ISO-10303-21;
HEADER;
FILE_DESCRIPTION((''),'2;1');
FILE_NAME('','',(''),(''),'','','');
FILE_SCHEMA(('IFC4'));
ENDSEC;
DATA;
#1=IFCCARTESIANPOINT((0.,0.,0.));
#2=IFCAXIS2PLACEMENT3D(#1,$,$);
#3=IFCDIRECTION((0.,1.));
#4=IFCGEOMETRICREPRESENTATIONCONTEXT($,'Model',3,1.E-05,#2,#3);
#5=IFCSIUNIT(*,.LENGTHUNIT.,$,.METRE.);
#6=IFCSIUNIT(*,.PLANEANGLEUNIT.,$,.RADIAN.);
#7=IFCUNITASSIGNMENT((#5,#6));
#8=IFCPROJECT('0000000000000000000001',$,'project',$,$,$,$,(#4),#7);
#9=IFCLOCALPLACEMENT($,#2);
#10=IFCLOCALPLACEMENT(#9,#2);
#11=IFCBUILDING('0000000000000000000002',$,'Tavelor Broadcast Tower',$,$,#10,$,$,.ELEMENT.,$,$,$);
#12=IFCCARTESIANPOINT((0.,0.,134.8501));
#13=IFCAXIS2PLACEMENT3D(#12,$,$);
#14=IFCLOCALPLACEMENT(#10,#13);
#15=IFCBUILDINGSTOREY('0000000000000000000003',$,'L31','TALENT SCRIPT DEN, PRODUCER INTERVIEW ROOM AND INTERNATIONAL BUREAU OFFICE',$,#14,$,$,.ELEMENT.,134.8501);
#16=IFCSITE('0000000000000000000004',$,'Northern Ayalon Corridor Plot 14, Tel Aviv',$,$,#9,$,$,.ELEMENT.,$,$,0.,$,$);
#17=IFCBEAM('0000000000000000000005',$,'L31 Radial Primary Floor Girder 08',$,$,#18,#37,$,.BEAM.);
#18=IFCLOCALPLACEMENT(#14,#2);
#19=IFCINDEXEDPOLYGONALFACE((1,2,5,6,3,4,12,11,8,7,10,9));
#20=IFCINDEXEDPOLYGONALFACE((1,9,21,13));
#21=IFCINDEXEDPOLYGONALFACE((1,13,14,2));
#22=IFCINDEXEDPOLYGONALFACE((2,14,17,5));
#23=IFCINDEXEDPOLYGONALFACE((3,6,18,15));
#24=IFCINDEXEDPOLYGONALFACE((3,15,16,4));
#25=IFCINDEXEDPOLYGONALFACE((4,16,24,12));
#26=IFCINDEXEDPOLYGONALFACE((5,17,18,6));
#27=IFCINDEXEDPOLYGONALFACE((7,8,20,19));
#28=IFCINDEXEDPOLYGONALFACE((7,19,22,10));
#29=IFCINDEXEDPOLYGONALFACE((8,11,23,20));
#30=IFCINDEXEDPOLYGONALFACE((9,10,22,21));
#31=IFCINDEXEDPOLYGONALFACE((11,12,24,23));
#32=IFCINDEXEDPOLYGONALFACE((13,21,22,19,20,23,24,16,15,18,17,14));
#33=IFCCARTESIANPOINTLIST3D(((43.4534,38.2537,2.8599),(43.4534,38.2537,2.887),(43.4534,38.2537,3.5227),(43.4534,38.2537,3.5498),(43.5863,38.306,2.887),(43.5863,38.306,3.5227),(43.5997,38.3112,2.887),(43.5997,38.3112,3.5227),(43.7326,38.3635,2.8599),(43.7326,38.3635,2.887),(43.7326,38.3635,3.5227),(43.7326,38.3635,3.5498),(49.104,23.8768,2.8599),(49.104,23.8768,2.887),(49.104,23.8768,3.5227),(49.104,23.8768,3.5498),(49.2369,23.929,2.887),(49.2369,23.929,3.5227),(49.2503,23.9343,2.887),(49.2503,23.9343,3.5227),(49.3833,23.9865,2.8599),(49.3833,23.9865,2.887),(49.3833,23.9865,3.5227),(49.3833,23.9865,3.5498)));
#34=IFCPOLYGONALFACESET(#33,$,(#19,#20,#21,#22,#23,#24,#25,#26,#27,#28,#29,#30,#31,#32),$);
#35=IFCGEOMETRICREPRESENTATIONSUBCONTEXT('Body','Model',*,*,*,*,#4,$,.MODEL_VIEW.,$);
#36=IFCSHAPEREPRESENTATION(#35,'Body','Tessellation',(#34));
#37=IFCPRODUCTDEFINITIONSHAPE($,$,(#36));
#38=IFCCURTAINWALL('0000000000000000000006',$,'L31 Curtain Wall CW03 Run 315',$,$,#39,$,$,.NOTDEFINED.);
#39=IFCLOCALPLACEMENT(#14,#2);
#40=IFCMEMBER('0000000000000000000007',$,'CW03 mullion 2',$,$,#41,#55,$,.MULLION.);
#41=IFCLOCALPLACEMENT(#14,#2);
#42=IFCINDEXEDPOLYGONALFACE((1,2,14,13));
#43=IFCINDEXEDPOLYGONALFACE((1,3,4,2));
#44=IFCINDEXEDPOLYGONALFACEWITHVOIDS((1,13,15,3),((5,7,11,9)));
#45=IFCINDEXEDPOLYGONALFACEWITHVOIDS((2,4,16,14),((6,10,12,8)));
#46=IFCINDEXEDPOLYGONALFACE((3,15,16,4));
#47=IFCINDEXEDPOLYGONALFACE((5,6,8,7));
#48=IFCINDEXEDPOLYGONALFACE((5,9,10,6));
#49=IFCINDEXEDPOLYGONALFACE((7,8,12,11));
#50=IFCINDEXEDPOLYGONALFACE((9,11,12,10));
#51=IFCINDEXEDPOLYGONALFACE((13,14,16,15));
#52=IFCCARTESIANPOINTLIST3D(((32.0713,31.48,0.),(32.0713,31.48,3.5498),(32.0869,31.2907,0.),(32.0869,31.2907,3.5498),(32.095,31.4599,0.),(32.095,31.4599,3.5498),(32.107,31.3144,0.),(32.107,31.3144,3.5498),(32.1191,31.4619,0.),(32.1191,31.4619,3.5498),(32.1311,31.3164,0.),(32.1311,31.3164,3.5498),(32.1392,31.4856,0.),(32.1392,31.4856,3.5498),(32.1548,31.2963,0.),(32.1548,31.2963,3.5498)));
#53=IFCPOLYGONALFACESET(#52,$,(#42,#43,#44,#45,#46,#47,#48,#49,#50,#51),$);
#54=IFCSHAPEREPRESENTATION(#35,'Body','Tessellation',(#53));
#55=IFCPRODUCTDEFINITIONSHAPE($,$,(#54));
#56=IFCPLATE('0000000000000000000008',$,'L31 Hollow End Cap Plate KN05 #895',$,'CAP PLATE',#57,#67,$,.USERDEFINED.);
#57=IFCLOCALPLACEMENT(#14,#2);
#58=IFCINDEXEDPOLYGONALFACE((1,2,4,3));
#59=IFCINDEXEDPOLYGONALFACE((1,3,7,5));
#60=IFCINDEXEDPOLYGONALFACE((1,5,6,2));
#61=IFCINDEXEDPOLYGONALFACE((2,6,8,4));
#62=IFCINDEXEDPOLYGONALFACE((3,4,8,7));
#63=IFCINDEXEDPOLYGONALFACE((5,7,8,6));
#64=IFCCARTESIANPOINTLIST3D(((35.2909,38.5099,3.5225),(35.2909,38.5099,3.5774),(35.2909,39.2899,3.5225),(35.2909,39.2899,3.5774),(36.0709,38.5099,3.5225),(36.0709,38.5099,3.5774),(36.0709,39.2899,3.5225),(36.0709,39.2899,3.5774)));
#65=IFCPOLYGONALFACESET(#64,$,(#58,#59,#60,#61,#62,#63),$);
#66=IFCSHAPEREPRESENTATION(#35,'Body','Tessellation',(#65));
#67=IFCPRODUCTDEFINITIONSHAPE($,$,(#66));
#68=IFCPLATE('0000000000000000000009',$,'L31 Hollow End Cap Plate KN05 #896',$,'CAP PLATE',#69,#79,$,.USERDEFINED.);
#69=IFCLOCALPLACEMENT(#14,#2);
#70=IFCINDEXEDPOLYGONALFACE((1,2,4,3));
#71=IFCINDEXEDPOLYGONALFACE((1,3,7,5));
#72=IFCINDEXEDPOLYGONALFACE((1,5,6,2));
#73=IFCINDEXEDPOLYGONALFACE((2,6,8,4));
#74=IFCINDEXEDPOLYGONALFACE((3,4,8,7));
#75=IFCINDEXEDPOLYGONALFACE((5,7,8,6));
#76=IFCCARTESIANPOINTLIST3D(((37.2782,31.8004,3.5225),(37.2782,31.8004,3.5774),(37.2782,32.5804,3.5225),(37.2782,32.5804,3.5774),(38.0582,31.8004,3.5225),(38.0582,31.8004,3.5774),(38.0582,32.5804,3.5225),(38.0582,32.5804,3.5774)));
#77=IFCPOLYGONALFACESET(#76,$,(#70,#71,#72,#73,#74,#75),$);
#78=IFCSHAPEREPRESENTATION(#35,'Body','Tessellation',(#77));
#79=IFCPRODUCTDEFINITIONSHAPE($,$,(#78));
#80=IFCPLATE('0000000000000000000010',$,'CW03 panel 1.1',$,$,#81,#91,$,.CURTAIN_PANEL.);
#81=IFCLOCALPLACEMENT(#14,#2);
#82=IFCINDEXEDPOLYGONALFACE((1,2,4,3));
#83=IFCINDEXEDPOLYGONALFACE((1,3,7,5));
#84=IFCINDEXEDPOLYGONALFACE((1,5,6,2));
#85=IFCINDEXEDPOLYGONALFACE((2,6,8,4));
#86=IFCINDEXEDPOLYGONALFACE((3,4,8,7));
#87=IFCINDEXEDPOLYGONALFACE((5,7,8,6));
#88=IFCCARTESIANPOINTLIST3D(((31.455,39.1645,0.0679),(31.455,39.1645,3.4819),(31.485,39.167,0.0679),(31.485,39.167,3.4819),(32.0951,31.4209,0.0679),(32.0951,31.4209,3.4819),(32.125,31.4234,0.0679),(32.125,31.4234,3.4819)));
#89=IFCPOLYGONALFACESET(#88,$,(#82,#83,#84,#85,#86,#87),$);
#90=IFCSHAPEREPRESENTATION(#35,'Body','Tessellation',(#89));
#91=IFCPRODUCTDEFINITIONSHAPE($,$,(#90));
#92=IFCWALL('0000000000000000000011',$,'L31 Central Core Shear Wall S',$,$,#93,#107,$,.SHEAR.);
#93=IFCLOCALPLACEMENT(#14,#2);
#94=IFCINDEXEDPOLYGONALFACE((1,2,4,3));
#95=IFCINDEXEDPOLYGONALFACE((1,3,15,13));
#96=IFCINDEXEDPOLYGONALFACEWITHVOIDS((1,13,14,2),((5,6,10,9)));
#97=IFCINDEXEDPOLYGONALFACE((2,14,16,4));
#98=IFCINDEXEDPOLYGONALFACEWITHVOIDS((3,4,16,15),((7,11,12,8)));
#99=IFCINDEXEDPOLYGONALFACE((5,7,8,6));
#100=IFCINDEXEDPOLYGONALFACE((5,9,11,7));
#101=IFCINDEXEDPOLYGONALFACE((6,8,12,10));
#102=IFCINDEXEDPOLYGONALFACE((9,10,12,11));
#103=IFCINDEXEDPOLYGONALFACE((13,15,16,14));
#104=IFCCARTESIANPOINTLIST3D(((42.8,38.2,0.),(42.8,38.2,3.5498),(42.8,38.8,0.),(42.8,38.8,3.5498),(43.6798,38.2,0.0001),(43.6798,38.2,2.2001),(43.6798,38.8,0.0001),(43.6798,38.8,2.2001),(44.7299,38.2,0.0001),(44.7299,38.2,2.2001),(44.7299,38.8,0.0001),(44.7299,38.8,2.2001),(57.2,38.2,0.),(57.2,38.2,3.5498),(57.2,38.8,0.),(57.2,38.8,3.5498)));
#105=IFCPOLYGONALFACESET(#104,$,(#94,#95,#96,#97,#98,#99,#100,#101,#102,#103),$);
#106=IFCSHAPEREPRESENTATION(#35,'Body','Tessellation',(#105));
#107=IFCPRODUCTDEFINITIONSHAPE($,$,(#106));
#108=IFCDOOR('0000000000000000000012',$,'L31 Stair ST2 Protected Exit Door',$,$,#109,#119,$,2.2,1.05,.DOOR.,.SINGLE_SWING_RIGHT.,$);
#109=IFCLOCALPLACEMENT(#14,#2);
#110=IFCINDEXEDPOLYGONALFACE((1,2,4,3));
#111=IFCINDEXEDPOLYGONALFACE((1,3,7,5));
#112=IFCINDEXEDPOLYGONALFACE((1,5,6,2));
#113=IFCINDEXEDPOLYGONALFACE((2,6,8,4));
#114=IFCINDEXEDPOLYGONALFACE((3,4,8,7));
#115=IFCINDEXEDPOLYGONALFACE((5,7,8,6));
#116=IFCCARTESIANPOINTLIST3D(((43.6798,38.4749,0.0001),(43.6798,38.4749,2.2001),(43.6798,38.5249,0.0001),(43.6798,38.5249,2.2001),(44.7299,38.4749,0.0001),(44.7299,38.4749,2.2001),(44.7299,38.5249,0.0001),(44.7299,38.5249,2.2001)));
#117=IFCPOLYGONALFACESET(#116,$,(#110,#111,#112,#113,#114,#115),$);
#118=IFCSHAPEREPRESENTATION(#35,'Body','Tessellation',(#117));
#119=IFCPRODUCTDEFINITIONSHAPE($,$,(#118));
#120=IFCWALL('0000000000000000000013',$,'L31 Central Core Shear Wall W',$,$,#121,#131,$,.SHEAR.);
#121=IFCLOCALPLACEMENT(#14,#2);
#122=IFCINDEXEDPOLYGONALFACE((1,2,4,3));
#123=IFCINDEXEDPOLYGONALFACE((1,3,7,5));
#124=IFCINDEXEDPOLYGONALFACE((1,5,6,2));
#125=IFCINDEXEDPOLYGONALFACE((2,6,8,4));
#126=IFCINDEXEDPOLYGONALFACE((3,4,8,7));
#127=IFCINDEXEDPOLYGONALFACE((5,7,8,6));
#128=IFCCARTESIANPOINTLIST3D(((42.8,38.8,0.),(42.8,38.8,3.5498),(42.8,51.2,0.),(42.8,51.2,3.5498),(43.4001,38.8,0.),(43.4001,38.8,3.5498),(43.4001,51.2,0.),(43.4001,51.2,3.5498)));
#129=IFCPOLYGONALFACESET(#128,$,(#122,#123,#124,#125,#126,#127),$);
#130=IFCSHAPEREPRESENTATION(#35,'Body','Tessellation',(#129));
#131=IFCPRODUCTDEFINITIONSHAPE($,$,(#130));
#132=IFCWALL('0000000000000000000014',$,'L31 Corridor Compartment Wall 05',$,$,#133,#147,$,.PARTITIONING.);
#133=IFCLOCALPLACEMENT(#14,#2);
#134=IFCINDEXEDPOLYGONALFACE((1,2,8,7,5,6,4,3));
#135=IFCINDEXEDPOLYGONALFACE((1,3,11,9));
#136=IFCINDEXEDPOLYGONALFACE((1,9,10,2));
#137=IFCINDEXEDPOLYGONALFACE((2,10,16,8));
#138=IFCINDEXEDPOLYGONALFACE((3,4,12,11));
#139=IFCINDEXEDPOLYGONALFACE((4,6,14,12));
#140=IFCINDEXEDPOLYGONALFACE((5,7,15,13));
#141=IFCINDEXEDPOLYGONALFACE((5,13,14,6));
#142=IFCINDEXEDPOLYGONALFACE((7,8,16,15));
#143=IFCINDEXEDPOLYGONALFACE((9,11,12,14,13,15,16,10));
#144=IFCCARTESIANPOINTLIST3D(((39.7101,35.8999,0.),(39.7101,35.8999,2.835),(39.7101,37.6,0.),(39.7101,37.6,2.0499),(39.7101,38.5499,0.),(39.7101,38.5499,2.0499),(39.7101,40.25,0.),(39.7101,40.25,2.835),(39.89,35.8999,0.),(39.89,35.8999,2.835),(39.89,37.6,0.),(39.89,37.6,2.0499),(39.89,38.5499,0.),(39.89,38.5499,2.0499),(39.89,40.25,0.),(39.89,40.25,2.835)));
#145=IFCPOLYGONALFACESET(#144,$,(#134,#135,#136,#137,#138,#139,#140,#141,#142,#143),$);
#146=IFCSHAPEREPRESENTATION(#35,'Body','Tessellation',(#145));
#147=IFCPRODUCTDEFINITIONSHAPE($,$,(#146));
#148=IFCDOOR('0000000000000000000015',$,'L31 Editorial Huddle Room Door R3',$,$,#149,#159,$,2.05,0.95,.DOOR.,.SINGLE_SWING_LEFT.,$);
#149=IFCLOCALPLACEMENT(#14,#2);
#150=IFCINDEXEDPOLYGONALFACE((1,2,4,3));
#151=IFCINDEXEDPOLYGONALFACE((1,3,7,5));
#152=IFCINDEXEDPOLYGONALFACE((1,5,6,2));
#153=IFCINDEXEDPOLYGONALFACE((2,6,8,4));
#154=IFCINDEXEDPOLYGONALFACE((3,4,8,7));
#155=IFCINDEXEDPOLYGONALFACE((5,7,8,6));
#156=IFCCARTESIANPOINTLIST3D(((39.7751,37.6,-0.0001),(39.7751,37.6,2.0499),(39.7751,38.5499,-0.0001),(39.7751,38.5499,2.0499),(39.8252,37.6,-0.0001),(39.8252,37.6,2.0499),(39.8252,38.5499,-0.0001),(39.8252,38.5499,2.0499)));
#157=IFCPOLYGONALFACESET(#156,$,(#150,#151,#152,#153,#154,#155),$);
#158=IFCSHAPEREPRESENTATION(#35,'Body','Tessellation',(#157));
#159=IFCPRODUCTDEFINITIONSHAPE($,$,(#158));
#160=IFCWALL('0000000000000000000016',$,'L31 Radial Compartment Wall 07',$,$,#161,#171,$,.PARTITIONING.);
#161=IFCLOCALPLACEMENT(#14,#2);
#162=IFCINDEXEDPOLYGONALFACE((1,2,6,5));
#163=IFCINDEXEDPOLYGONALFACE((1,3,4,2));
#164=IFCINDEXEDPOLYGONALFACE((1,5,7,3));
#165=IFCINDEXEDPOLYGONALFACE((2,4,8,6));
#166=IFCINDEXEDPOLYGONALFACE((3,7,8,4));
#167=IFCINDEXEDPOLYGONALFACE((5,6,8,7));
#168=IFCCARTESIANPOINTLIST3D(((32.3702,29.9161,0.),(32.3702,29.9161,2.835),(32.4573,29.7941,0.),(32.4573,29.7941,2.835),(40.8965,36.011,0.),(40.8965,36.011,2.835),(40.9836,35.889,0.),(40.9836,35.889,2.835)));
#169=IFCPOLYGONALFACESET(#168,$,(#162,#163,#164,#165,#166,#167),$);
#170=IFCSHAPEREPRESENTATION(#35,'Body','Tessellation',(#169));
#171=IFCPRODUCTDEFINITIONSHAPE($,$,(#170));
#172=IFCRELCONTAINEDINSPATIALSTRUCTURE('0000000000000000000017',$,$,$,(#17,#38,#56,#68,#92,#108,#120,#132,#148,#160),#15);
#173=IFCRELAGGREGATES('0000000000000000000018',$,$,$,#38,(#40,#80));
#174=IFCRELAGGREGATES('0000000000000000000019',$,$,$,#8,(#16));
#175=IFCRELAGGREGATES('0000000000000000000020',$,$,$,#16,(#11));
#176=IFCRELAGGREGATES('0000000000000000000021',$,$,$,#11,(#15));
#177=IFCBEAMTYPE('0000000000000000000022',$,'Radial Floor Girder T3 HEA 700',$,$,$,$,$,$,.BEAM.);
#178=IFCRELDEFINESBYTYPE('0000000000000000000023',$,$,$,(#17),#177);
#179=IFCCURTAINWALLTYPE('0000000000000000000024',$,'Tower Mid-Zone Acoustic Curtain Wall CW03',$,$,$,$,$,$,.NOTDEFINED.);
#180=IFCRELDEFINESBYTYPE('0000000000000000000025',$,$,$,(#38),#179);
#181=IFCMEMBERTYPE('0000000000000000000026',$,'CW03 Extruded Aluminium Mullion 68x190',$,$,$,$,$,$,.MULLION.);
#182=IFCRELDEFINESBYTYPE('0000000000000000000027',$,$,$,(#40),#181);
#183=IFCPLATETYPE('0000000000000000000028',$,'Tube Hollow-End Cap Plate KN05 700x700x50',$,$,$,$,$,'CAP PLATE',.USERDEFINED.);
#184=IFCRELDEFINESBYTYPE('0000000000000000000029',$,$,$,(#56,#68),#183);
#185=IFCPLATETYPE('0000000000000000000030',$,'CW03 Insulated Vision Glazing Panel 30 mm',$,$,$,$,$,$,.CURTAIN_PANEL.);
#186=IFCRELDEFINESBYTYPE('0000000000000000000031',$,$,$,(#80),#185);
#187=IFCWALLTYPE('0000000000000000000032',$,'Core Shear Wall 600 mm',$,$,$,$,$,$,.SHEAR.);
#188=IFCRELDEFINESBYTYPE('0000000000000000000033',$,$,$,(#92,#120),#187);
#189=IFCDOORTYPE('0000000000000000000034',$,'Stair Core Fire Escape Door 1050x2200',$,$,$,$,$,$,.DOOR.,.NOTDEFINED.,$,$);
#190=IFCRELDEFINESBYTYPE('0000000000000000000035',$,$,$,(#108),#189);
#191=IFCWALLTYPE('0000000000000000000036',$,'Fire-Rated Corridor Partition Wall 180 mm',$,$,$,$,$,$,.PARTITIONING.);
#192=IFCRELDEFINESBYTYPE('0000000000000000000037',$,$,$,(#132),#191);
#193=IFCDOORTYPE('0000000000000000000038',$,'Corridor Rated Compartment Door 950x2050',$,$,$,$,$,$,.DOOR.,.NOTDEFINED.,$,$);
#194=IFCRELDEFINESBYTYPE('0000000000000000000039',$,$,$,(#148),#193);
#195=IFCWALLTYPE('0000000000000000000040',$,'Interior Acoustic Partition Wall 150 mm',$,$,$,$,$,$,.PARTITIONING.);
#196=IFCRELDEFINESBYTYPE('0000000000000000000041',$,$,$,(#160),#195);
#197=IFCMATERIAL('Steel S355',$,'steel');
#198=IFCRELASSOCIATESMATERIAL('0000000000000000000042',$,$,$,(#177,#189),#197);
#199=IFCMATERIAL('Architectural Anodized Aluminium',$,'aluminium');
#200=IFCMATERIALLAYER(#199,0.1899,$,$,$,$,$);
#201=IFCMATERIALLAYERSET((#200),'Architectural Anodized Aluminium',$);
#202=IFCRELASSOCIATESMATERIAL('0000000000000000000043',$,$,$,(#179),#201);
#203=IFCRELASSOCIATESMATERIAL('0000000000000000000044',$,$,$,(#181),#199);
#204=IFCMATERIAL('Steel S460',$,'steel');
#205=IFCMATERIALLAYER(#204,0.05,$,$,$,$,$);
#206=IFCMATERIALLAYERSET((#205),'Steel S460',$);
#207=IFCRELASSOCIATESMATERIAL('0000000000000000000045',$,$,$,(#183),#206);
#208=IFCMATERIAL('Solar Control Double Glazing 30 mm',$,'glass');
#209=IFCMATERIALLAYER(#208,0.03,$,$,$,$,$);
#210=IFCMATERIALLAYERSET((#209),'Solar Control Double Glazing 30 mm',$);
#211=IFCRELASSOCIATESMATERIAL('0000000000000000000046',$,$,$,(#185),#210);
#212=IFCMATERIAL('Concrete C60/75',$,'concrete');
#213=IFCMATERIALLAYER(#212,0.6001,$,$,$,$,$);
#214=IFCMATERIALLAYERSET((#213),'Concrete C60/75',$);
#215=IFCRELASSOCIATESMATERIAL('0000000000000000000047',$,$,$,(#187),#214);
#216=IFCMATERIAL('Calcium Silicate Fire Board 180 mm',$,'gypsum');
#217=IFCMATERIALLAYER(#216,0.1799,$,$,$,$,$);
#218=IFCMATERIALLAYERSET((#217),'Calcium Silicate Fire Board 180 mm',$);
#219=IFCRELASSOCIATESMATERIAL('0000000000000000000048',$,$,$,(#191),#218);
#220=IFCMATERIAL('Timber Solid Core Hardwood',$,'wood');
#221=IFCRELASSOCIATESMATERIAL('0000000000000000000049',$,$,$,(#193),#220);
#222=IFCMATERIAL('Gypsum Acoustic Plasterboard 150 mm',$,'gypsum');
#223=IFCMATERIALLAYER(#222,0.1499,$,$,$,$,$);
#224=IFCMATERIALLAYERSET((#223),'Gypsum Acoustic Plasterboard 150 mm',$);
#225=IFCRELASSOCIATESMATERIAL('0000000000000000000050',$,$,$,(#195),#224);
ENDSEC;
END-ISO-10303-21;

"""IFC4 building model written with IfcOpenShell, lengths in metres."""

from ifc_helpers import new_model, si_unit, direction, frame, frame_2d, origin, origin_2d, place, context, subcontext, project, spatial, rectangle, hollow_rectangle, i_section, extrude, source, transform, mapped, material, layer, layer_set, material_profile, profile_set, type_object, type_shapes, element, fill, aggregate, save


model = new_model("IFC4")

# Units and contexts
model_context = context("Model", 3, precision=1e-05, world=origin(), true_north=direction((0.0, 1.0)))
body_context = subcontext(model_context, "Body", "Model", "MODEL_VIEW")
ifc_project = project(units=[si_unit("LENGTHUNIT", "METRE"), si_unit("PLANEANGLEUNIT", "RADIAN")], contexts=[model_context])

# Site, building, storey
site_placement = place(None, origin())
site = spatial("IfcSite", under=ifc_project, at=site_placement, Name="Northern Ayalon Corridor Plot 14, Tel Aviv", CompositionType="ELEMENT", RefElevation=0.0)
building_placement = place(site_placement, origin())
building = spatial("IfcBuilding", under=site, at=building_placement, Name="Tavelor Broadcast Tower", CompositionType="ELEMENT")
storey_placement = place(building_placement, frame((0.0, 0.0, 134.8501)))
storey = spatial("IfcBuildingStorey", under=building, at=storey_placement, Name="L31", Description="TALENT SCRIPT DEN, PRODUCER INTERVIEW ROOM AND INTERNATIONAL BUREAU OFFICE", CompositionType="ELEMENT", Elevation=134.8501)

# Shared definitions
ifc_material_1 = material(Name="Steel S460", Category="steel")

# Beam
ifc_material_2 = material(Name="Steel S355", Category="steel")
ifc_material_profile_1 = material_profile(ifc_material_2, i_section(OverallWidth=0.3, OverallDepth=0.6899, WebThickness=0.0144, FlangeThickness=0.0271, at=origin_2d()), Name="HEA 700")
ifc_profile_set_1 = profile_set([ifc_material_profile_1], Name="Steel S355")
beam_type_1 = type_object("IfcBeamType", Name="Radial Floor Girder T3 HEA 700", PredefinedType="BEAM", material=ifc_profile_set_1)
beam_1_placement = place(storey_placement, frame((43.593, 38.3086, 3.2048), z_axis=(0.365795, -0.930695, 0.0), x_axis=(0.930695, 0.365795, 0.0)))
element("IfcBeam", 1, at=beam_1_placement, inside=storey, type_object=beam_type_1, Name="L31 Radial Primary Floor Girder 08", PredefinedType="BEAM", context=body_context, shape_type="SweptSolid", body=[
    extrude(i_section(OverallWidth=0.3, OverallDepth=0.6899, WebThickness=0.0144, FlangeThickness=0.0271, at=origin_2d()), origin(), (0.0, 0.0, 1.0), 15.4475),
])

# Curtain wall, member
ifc_material_3 = material(Name="Architectural Anodized Aluminium", Category="aluminium")
ifc_layer_1 = layer(ifc_material_3, 0.1899)
ifc_layer_set_1 = layer_set([ifc_layer_1], Name="Architectural Anodized Aluminium")
curtain_wall_type = type_object("IfcCurtainWallType", Name="Tower Mid-Zone Acoustic Curtain Wall CW03", PredefinedType="NOTDEFINED", material=ifc_layer_set_1)
curtain_wall_placement = place(storey_placement, origin())
curtain_wall = element("IfcCurtainWall", 2, at=curtain_wall_placement, inside=storey, type_object=curtain_wall_type, Name="L31 Curtain Wall CW03 Run 315", PredefinedType="NOTDEFINED")
ifc_material_profile_2 = material_profile(ifc_material_3, hollow_rectangle(XDim=0.0681, YDim=0.1899, WallThickness=0.022, at=origin_2d()), Name="RHS 68x190x22")
ifc_profile_set_2 = profile_set([ifc_material_profile_2], Name="Architectural Anodized Aluminium")
member_type = type_object("IfcMemberType", Name="CW03 Extruded Aluminium Mullion 68x190", PredefinedType="MULLION", material=ifc_profile_set_2)
shared_shape_1 = source(origin(), body_context, "Body", "SweptSolid", [
    extrude(hollow_rectangle(XDim=0.0681, YDim=0.1899, WallThickness=0.022, at=origin_2d()), origin(), (0.0, 0.0, 1.0), 3.5498),
])
type_shapes(member_type, [shared_shape_1])
member_placement = place(storey_placement, frame((32.113, 31.3882, 0.0), z_axis=(0.0, 0.0, 1.0), x_axis=(0.996601, 0.08238, 0.0)))
member = element("IfcMember", 3, at=member_placement, type_object=member_type, Name="CW03 mullion 2", PredefinedType="MULLION", context=body_context, shape_type="MappedRepresentation", body=[
    mapped(shared_shape_1, transform((0.0, 0.0, 0.0), scale=1.0)),
])

# Plates
ifc_layer_2 = layer(ifc_material_1, 0.05)
ifc_layer_set_2 = layer_set([ifc_layer_2], Name="Steel S460")
plate_type_1 = type_object("IfcPlateType", Name="Tube Hollow-End Cap Plate KN05 700x700x50", ElementType="CAP PLATE", PredefinedType="USERDEFINED", material=ifc_layer_set_2)
shared_shape_2 = source(origin(), body_context, "Body", "SweptSolid", [
    extrude(rectangle(XDim=0.78, YDim=0.78, at=origin_2d()), origin(), (0.0, 0.0, 1.0), 0.0549),
])
type_shapes(plate_type_1, [shared_shape_2])
for number, where, z_axis, x_axis, name in (
    (4, (35.6809, 38.8999, 3.5225), (0.0, 0.0, 1.0), (1.0, 0.0, 0.0), "L31 Hollow End Cap Plate KN05 #895"),
    (5, (37.6682, 32.1904, 3.5225), (0.0, 0.0, 1.0), (1.0, 0.0, 0.0), "L31 Hollow End Cap Plate KN05 #896"),
):
    element("IfcPlate", number, at=place(storey_placement, frame(where, z_axis=z_axis, x_axis=x_axis)), inside=storey, type_object=plate_type_1, Name=name, ObjectType="CAP PLATE", PredefinedType="USERDEFINED", context=body_context, shape_type="MappedRepresentation", body=[
        mapped(shared_shape_2, transform((0.0, 0.0, 0.0), scale=1.0)),
    ])

# Plate
ifc_material_4 = material(Name="Solar Control Double Glazing 30 mm", Category="glass")
ifc_layer_3 = layer(ifc_material_4, 0.03)
ifc_layer_set_3 = layer_set([ifc_layer_3], Name="Solar Control Double Glazing 30 mm")
plate_type_2 = type_object("IfcPlateType", Name="CW03 Insulated Vision Glazing Panel 30 mm", PredefinedType="CURTAIN_PANEL", material=ifc_layer_set_3)
shared_shape_3 = source(origin(), body_context, "Body", "SweptSolid", [
    extrude(rectangle(XDim=7.77, YDim=0.03, at=origin_2d()), origin(), (0.0, 0.0, 1.0), 3.4141),
])
type_shapes(plate_type_2, [shared_shape_3])
plate_placement = place(storey_placement, frame((31.79, 35.2939, 0.0679), z_axis=(0.0, 0.0, 1.0), x_axis=(0.08238, -0.996601, 0.0)))
plate = element("IfcPlate", 6, at=plate_placement, type_object=plate_type_2, Name="CW03 panel 1.1", PredefinedType="CURTAIN_PANEL", context=body_context, shape_type="MappedRepresentation", body=[
    mapped(shared_shape_3, transform((0.0, 0.0, 0.0), scale=1.0)),
])
aggregate(curtain_wall, [member, plate])

# Wall, opening, door
ifc_material_5 = material(Name="Concrete C60/75", Category="concrete")
ifc_layer_4 = layer(ifc_material_5, 0.6001)
ifc_layer_set_4 = layer_set([ifc_layer_4], Name="Concrete C60/75")
wall_type_1 = type_object("IfcWallType", Name="Core Shear Wall 600 mm", PredefinedType="SHEAR", material=ifc_layer_set_4)
wall_1_placement = place(storey_placement, frame((42.8, 38.5, 0.0), z_axis=(0.0, 0.0, 1.0), x_axis=(1.0, 0.0, 0.0)))
wall_1 = element("IfcWall", 7, at=wall_1_placement, inside=storey, type_object=wall_type_1, Name="L31 Central Core Shear Wall S", PredefinedType="SHEAR", context=body_context, shape_type="SweptSolid", body=[
    extrude(rectangle(XDim=14.3999, YDim=0.6001, at=frame_2d((7.2, 0.0))), origin(), (0.0, 0.0, 1.0), 3.5498),
])
opening_1_placement = place(wall_1_placement, frame((0.8799, 0.0, 0.0)))
opening_1 = element("IfcOpeningElement", 8, at=opening_1_placement, cuts=wall_1, PredefinedType="OPENING", context=body_context, shape_type="SweptSolid", body=[
    extrude(rectangle(XDim=1.05, YDim=2.2, at=frame_2d((0.5249, 1.1001))), frame((0.0, 0.3101, 0.0), z_axis=(0.0, -1.0, 0.0), x_axis=(1.0, 0.0, 0.0)), (0.0, 0.0, 1.0), 0.6201),
])
door_type_1 = type_object("IfcDoorType", Name="Stair Core Fire Escape Door 1050x2200", OperationType="NOTDEFINED", PredefinedType="DOOR", material=ifc_material_2)
door_1_placement = place(opening_1_placement, origin())
door_1 = element("IfcDoor", 9, at=door_1_placement, inside=storey, type_object=door_type_1, Name="L31 Stair ST2 Protected Exit Door", OperationType="SINGLE_SWING_RIGHT", OverallHeight=2.2, OverallWidth=1.05, PredefinedType="DOOR", context=body_context, shape_type="SweptSolid", body=[
    extrude(rectangle(XDim=1.05, YDim=2.2, at=frame_2d((0.5249, 1.1001))), frame((0.0, 0.0249, 0.0), z_axis=(0.0, -1.0, 0.0), x_axis=(1.0, 0.0, 0.0)), (0.0, 0.0, 1.0), 0.05),
])
fill(opening_1, door_1)

# Wall
wall_2_placement = place(storey_placement, frame((43.1001, 38.8, 0.0), z_axis=(0.0, 0.0, 1.0), x_axis=(0.0, 1.0, 0.0)))
element("IfcWall", 10, at=wall_2_placement, inside=storey, type_object=wall_type_1, Name="L31 Central Core Shear Wall W", PredefinedType="SHEAR", context=body_context, shape_type="SweptSolid", body=[
    extrude(rectangle(XDim=12.3999, YDim=0.6001, at=frame_2d((6.2, 0.0))), origin(), (0.0, 0.0, 1.0), 3.5498),
])

# Wall, opening, door
ifc_material_6 = material(Name="Calcium Silicate Fire Board 180 mm", Category="gypsum")
ifc_layer_5 = layer(ifc_material_6, 0.1799)
ifc_layer_set_5 = layer_set([ifc_layer_5], Name="Calcium Silicate Fire Board 180 mm")
wall_type_2 = type_object("IfcWallType", Name="Fire-Rated Corridor Partition Wall 180 mm", PredefinedType="PARTITIONING", material=ifc_layer_set_5)
wall_3_placement = place(storey_placement, frame((39.8, 35.8999, 0.0), z_axis=(0.0, 0.0, 1.0), x_axis=(0.0, 1.0, 0.0)))
wall_3 = element("IfcWall", 11, at=wall_3_placement, inside=storey, type_object=wall_type_2, Name="L31 Corridor Compartment Wall 05", PredefinedType="PARTITIONING", context=body_context, shape_type="SweptSolid", body=[
    extrude(rectangle(XDim=4.3501, YDim=0.1799, at=frame_2d((2.175, 0.0))), origin(), (0.0, 0.0, 1.0), 2.835),
])
opening_2_placement = place(wall_3_placement, frame((1.7, 0.0, 0.0)))
opening_2 = element("IfcOpeningElement", 12, at=opening_2_placement, cuts=wall_3, PredefinedType="OPENING", context=body_context, shape_type="SweptSolid", body=[
    extrude(rectangle(XDim=0.95, YDim=2.05, at=frame_2d((0.4751, 1.0249))), frame((0.0, 0.1001, 0.0), z_axis=(0.0, -1.0, 0.0), x_axis=(1.0, 0.0, 0.0)), (0.0, 0.0, 1.0), 0.2),
])
ifc_material_7 = material(Name="Timber Solid Core Hardwood", Category="wood")
door_type_2 = type_object("IfcDoorType", Name="Corridor Rated Compartment Door 950x2050", OperationType="NOTDEFINED", PredefinedType="DOOR", material=ifc_material_7)
door_2_placement = place(opening_2_placement, origin())
door_2 = element("IfcDoor", 13, at=door_2_placement, inside=storey, type_object=door_type_2, Name="L31 Editorial Huddle Room Door R3", OperationType="SINGLE_SWING_LEFT", OverallHeight=2.05, OverallWidth=0.95, PredefinedType="DOOR", context=body_context, shape_type="SweptSolid", body=[
    extrude(rectangle(XDim=0.95, YDim=2.05, at=frame_2d((0.4751, 1.0249))), frame((0.0, 0.0249, 0.0), z_axis=(0.0, -1.0, 0.0), x_axis=(1.0, 0.0, 0.0)), (0.0, 0.0, 1.0), 0.05),
])
fill(opening_2, door_2)

# Wall
ifc_material_8 = material(Name="Gypsum Acoustic Plasterboard 150 mm", Category="gypsum")
ifc_layer_6 = layer(ifc_material_8, 0.1499)
ifc_layer_set_6 = layer_set([ifc_layer_6], Name="Gypsum Acoustic Plasterboard 150 mm")
wall_type_3 = type_object("IfcWallType", Name="Interior Acoustic Partition Wall 150 mm", PredefinedType="PARTITIONING", material=ifc_layer_set_6)
wall_4_placement = place(storey_placement, frame((40.9399, 35.95, 0.0), z_axis=(0.0, 0.0, 1.0), x_axis=(-0.813521, -0.581536, 0.0)))
element("IfcWall", 14, at=wall_4_placement, inside=storey, type_object=wall_type_3, Name="L31 Radial Compartment Wall 07", PredefinedType="PARTITIONING", context=body_context, shape_type="SweptSolid", body=[
    extrude(rectangle(XDim=10.4807, YDim=0.1499, at=frame_2d((5.2402, 0.0))), origin(), (0.0, 0.0, 1.0), 2.835),
])

save(model, "model.ifc")
